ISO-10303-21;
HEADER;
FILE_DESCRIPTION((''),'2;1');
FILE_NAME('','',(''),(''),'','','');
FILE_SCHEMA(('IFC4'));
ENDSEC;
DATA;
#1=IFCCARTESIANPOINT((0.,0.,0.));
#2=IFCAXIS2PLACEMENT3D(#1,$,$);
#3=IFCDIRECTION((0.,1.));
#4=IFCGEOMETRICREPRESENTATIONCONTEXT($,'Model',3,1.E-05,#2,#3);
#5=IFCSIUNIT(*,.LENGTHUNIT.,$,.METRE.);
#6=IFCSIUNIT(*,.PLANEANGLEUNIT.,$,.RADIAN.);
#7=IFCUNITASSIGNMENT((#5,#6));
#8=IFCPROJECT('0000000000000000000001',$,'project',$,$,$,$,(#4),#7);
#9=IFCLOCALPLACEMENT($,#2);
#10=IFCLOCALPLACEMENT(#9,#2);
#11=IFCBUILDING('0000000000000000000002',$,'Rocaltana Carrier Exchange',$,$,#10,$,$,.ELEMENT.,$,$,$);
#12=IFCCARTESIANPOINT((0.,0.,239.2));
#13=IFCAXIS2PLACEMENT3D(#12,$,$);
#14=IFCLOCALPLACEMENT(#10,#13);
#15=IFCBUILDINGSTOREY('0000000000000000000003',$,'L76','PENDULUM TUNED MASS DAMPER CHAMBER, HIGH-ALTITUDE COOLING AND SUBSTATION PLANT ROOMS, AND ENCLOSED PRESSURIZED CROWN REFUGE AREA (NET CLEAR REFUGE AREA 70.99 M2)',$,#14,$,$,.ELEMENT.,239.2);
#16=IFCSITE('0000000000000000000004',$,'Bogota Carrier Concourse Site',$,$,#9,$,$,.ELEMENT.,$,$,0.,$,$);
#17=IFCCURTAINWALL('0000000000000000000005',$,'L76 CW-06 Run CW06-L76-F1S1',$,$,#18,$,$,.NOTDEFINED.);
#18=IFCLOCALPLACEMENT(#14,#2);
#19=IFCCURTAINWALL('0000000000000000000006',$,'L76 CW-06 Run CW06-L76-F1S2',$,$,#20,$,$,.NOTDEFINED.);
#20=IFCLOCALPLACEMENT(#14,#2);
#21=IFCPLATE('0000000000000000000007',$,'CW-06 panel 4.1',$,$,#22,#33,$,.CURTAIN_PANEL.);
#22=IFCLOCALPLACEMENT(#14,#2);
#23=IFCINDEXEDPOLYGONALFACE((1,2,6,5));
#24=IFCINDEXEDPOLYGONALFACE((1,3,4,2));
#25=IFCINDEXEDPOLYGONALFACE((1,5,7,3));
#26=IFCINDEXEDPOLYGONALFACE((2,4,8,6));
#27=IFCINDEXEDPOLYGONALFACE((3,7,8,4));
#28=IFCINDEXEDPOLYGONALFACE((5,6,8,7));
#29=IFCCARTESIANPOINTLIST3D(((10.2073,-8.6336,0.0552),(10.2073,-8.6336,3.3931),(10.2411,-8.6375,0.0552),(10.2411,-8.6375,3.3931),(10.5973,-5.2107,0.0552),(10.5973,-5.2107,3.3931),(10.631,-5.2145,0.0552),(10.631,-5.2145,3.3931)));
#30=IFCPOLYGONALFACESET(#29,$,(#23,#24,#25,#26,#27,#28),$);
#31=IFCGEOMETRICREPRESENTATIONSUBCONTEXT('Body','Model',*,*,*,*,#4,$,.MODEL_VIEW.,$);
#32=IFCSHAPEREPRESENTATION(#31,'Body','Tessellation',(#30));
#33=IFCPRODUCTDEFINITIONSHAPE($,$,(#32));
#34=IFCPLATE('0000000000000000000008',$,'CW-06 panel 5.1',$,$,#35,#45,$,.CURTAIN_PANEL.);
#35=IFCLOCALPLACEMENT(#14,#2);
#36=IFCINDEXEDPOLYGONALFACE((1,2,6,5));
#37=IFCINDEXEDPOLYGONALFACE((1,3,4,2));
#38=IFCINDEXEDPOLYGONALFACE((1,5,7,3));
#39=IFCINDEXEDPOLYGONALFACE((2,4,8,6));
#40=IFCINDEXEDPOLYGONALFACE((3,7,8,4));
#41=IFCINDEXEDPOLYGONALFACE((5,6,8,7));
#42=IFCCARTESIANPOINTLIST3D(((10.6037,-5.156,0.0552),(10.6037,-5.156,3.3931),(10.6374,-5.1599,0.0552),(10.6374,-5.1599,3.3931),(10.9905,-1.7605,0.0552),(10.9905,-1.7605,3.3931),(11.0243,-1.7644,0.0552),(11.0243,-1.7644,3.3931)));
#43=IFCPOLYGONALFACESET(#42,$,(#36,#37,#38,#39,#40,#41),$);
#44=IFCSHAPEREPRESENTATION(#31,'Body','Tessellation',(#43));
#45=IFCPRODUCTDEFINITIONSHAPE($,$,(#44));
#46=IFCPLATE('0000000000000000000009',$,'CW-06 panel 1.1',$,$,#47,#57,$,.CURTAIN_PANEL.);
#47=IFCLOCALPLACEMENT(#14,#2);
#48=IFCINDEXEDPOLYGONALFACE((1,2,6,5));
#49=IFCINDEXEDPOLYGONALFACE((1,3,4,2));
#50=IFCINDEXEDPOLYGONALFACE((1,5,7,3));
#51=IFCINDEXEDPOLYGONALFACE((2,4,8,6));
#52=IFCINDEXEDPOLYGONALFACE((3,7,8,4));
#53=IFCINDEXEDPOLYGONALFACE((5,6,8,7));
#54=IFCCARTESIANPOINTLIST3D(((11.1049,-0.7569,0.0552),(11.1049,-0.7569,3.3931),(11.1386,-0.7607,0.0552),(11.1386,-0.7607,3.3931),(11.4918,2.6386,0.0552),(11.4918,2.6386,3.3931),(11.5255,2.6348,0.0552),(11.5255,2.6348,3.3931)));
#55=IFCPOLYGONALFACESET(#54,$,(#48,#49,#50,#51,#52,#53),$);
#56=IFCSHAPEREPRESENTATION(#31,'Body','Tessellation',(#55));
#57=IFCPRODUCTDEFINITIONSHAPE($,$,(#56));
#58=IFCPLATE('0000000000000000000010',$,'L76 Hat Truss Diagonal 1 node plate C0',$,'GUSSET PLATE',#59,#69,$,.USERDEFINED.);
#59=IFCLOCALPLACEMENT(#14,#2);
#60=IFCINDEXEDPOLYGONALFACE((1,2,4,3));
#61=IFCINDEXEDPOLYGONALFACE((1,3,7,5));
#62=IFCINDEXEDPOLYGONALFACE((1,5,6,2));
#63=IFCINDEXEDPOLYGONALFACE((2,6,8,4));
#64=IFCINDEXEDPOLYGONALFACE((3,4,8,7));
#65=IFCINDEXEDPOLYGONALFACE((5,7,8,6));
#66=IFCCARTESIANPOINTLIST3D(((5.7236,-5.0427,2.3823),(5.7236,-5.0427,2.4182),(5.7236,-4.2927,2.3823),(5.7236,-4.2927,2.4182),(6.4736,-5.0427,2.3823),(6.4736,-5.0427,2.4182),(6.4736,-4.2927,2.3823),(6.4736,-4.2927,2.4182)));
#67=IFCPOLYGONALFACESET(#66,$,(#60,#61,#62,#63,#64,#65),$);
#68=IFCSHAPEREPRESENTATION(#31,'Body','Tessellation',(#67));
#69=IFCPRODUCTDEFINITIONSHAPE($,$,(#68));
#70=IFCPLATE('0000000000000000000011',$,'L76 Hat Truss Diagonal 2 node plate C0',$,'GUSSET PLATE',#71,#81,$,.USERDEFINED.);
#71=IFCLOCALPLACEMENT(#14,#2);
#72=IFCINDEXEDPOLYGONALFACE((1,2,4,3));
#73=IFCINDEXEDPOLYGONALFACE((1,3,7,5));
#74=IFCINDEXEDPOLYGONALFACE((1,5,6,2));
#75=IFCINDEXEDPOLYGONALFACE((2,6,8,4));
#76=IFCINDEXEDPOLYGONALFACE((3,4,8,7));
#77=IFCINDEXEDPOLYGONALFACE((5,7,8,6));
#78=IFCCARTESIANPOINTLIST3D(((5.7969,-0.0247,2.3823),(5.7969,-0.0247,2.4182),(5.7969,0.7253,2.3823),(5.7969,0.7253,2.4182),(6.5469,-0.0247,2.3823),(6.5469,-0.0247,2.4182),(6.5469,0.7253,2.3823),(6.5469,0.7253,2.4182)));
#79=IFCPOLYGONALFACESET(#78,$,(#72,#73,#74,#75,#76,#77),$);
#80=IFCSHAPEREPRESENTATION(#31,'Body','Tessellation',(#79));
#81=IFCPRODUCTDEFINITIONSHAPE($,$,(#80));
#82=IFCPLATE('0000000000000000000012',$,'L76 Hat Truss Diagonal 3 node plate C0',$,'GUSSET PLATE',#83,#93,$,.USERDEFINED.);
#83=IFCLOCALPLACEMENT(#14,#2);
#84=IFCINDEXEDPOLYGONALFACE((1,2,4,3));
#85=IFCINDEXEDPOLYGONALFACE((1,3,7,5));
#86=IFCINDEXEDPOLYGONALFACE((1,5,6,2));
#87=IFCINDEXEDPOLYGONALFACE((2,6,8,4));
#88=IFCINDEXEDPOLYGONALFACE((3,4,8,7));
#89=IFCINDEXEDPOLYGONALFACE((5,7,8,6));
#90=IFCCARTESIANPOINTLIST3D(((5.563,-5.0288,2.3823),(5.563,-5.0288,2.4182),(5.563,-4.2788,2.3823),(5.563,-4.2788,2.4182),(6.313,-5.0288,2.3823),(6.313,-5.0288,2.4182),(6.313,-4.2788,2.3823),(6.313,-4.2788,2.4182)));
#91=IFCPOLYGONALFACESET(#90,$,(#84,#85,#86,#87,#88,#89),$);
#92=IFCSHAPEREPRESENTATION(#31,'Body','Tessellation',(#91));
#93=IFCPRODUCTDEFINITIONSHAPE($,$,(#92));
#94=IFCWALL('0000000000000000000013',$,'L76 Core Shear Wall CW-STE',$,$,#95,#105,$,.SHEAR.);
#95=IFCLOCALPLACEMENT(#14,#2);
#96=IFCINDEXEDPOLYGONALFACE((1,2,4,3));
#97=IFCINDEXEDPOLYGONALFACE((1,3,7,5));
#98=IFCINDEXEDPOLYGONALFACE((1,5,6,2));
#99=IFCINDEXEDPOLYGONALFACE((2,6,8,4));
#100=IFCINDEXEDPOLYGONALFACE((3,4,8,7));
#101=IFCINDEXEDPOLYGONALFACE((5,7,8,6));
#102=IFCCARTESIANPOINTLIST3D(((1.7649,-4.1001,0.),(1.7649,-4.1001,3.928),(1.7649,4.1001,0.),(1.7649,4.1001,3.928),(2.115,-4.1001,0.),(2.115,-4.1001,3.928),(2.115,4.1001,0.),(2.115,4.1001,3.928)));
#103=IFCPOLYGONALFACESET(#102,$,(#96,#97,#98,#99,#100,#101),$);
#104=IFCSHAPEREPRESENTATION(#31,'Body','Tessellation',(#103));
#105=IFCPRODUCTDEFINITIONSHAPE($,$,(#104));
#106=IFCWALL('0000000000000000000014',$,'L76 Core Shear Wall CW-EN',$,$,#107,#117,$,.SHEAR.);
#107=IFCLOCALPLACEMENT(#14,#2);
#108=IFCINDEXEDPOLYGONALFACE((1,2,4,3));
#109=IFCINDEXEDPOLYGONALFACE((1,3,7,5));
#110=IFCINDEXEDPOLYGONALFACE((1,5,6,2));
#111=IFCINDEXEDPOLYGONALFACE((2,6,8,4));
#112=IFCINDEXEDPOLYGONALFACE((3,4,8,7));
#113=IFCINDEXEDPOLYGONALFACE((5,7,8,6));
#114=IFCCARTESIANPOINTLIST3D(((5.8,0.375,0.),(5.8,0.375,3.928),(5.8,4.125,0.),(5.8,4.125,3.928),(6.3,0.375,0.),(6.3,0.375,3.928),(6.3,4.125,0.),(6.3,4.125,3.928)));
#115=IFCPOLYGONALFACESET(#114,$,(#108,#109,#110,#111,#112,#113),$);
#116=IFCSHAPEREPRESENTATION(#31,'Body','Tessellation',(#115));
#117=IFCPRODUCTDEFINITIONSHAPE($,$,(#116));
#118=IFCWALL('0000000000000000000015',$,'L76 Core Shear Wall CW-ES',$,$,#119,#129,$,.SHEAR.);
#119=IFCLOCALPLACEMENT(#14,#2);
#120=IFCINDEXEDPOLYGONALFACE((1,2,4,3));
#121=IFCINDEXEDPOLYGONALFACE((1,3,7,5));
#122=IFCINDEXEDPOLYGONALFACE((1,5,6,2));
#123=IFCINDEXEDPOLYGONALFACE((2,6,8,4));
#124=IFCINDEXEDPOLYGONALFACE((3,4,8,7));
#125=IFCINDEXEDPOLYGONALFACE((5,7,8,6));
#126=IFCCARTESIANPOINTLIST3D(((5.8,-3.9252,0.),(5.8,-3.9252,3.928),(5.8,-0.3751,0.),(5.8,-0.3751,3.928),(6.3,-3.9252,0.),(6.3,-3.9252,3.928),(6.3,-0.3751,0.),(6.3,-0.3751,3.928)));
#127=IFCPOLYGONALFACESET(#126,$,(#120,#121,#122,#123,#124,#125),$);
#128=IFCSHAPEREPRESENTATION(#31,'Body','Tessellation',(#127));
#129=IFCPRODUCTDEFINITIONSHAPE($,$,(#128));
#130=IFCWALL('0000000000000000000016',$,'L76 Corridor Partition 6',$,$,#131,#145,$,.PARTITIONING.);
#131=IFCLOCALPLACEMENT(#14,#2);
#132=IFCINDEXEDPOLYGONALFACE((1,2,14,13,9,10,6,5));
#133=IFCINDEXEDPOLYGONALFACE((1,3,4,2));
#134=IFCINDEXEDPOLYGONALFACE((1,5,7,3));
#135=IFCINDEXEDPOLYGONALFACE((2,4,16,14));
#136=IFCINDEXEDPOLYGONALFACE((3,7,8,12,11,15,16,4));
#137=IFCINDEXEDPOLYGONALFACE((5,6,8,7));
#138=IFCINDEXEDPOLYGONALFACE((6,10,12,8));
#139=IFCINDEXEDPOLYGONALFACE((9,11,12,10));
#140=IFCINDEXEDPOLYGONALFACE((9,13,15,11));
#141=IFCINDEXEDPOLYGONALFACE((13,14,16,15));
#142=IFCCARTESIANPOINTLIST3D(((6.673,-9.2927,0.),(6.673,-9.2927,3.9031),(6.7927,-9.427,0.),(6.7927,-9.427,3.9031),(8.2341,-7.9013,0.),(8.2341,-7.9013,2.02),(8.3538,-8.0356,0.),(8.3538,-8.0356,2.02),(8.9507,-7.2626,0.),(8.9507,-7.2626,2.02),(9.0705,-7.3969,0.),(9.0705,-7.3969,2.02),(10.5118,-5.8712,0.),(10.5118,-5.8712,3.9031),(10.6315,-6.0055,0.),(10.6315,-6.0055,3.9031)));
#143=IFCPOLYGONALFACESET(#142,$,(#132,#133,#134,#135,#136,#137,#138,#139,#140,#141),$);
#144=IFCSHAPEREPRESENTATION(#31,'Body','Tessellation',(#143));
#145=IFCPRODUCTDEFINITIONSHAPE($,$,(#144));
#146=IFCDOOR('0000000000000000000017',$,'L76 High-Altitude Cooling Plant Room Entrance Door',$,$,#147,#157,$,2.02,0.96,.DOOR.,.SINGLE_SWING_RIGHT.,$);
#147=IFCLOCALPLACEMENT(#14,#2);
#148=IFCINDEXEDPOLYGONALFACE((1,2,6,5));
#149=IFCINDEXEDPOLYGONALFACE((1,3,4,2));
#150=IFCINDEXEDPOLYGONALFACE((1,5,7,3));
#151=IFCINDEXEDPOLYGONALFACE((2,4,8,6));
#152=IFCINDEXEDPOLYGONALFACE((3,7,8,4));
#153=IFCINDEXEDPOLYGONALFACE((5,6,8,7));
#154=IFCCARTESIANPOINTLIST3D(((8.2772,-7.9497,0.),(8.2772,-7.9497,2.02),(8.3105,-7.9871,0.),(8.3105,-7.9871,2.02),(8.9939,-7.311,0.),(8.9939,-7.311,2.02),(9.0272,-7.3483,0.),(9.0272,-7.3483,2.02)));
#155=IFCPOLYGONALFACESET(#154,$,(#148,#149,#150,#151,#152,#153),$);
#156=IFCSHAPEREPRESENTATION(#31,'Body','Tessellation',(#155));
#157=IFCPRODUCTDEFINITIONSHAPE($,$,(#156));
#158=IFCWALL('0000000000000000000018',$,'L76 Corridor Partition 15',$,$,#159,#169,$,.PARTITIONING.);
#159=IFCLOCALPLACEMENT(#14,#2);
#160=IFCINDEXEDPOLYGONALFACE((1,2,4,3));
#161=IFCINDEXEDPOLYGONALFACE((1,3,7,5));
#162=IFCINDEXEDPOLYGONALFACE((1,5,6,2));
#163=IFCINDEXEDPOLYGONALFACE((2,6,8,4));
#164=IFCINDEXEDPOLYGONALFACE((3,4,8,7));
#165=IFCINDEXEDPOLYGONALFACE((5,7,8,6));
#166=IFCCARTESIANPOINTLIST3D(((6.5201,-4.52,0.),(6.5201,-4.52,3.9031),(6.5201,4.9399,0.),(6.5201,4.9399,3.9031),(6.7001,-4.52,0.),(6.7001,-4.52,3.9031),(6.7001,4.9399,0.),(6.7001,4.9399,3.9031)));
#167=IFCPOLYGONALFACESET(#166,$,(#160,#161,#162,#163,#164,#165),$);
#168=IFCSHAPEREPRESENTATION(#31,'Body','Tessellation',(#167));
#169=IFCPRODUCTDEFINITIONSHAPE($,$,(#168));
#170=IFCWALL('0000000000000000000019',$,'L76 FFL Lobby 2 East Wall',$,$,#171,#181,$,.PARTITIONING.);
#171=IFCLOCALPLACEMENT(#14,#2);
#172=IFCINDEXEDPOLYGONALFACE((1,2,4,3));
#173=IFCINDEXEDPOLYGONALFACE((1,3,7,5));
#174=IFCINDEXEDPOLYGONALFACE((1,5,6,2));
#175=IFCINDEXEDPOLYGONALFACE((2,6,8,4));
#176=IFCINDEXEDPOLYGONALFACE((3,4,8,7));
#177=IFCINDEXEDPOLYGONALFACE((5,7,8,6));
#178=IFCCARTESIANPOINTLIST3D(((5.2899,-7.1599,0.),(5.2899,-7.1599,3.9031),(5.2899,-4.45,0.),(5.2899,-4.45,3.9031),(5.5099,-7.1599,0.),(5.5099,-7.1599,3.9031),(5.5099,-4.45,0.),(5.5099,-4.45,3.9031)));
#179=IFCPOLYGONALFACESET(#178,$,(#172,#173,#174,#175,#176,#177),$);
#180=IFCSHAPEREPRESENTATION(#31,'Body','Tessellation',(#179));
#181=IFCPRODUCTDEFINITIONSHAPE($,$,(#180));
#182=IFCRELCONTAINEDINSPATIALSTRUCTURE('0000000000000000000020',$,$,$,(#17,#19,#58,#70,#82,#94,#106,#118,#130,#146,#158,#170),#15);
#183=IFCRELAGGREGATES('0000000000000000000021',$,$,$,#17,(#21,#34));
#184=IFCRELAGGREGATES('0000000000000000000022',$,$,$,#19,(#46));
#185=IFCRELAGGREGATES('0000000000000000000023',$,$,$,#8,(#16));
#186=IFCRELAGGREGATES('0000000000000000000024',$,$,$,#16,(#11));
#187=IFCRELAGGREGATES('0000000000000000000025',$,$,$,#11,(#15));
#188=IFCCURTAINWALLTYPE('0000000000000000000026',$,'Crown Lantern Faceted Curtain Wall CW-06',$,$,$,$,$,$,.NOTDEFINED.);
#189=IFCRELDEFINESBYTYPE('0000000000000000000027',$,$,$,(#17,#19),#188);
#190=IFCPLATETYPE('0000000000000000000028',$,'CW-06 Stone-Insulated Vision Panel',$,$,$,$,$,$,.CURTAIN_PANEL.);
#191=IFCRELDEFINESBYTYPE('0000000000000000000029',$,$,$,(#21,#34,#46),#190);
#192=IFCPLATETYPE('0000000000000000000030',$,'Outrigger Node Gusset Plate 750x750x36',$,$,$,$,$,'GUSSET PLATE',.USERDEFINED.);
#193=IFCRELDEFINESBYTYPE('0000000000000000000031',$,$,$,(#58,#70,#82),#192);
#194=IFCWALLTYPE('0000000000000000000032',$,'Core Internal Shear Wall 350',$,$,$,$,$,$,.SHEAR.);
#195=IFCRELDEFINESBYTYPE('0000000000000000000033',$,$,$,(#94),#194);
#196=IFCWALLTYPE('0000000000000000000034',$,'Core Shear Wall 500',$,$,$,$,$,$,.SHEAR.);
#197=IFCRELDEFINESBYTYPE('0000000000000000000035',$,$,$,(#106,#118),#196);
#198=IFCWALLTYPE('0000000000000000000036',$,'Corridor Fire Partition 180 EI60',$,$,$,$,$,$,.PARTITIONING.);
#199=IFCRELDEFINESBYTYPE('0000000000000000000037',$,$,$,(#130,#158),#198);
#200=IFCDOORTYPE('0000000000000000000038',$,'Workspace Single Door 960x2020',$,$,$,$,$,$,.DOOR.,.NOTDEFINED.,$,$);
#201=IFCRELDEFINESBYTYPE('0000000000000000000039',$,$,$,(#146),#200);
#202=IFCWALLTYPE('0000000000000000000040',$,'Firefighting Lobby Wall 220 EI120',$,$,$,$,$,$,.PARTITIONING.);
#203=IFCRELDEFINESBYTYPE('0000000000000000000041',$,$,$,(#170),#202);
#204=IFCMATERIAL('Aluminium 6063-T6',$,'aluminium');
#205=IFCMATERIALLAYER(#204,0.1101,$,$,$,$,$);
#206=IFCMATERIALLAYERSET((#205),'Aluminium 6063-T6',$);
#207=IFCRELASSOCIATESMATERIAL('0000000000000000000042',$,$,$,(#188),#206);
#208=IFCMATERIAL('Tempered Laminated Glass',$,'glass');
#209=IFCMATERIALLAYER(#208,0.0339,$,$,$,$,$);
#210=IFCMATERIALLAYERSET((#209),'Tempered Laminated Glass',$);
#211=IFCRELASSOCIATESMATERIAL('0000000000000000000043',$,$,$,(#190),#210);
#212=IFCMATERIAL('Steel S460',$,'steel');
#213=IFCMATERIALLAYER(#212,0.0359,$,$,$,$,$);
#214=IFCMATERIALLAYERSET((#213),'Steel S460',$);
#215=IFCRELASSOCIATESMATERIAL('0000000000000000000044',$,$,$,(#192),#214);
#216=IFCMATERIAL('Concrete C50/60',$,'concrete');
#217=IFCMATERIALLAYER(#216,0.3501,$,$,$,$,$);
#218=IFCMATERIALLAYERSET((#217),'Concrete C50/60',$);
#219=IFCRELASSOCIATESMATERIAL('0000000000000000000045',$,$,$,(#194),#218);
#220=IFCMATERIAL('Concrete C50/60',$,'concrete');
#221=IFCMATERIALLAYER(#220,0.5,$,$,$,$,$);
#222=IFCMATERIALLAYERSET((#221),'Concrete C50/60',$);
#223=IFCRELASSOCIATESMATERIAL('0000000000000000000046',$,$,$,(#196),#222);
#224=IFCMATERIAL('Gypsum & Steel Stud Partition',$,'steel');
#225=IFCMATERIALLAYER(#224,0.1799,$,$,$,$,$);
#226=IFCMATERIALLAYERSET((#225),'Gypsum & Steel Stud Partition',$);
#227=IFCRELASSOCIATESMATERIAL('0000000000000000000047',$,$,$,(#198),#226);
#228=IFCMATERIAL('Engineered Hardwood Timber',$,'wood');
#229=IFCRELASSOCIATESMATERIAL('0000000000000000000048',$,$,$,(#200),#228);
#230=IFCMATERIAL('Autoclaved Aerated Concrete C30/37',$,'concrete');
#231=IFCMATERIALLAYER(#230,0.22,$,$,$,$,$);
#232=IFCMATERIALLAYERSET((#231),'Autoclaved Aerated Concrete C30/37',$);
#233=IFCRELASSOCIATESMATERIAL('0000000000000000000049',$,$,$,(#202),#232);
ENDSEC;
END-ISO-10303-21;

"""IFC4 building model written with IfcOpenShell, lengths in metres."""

from ifc_helpers import new_model, si_unit, direction, frame, frame_2d, origin, origin_2d, place, context, subcontext, project, spatial, rectangle, extrude, material, layer, layer_set, type_object, element, fill, aggregate, save


model = new_model("IFC4")

# Units and contexts
model_context = context("Model", 3, precision=1e-05, world=origin(), true_north=direction((0.0, 1.0)))
body_context = subcontext(model_context, "Body", "Model", "MODEL_VIEW")
ifc_project = project(units=[si_unit("LENGTHUNIT", "METRE"), si_unit("PLANEANGLEUNIT", "RADIAN")], contexts=[model_context])

# Site, building, storey
site_placement = place(None, origin())
site = spatial("IfcSite", under=ifc_project, at=site_placement, Name="Bogota Carrier Concourse Site", CompositionType="ELEMENT", RefElevation=0.0)
building_placement = place(site_placement, origin())
building = spatial("IfcBuilding", under=site, at=building_placement, Name="Rocaltana Carrier Exchange", CompositionType="ELEMENT")
storey_placement = place(building_placement, frame((0.0, 0.0, 239.2)))
storey = spatial("IfcBuildingStorey", under=building, at=storey_placement, Name="L76", Description="PENDULUM TUNED MASS DAMPER CHAMBER, HIGH-ALTITUDE COOLING AND SUBSTATION PLANT ROOMS, AND ENCLOSED PRESSURIZED CROWN REFUGE AREA (NET CLEAR REFUGE AREA 70.99 M2)", CompositionType="ELEMENT", Elevation=239.2)

# Curtain wall
ifc_material_1 = material(Name="Aluminium 6063-T6", Category="aluminium")
ifc_layer_1 = layer(ifc_material_1, 0.1101)
ifc_layer_set_1 = layer_set([ifc_layer_1], Name="Aluminium 6063-T6")
curtain_wall_type = type_object("IfcCurtainWallType", Name="Crown Lantern Faceted Curtain Wall CW-06", PredefinedType="NOTDEFINED", material=ifc_layer_set_1)
curtain_wall_1_placement = place(storey_placement, origin())
curtain_wall_1 = element("IfcCurtainWall", 1, at=curtain_wall_1_placement, inside=storey, type_object=curtain_wall_type, Name="L76 CW-06 Run CW06-L76-F1S1", PredefinedType="NOTDEFINED")

# Curtain wall
curtain_wall_2_placement = place(storey_placement, origin())
curtain_wall_2 = element("IfcCurtainWall", 2, at=curtain_wall_2_placement, inside=storey, type_object=curtain_wall_type, Name="L76 CW-06 Run CW06-L76-F1S2", PredefinedType="NOTDEFINED")

# Plates
ifc_material_2 = material(Name="Tempered Laminated Glass", Category="glass")
ifc_layer_2 = layer(ifc_material_2, 0.0339)
ifc_layer_set_2 = layer_set([ifc_layer_2], Name="Tempered Laminated Glass")
plate_type_1 = type_object("IfcPlateType", Name="CW-06 Stone-Insulated Vision Panel", PredefinedType="CURTAIN_PANEL", material=ifc_layer_set_2)
plate_1_placement = place(storey_placement, frame((10.4192, -6.9241, 0.0552), z_axis=(0.0, 0.0, 1.0), x_axis=(0.113199, 0.993572, 0.0)))
plate_1 = element("IfcPlate", 3, at=plate_1_placement, type_object=plate_type_1, Name="CW-06 panel 4.1", PredefinedType="CURTAIN_PANEL", context=body_context, shape_type="SweptSolid", body=[
    extrude(rectangle(XDim=3.4451, YDim=0.0339, at=origin_2d()), origin(), (0.0, 0.0, 1.0), 3.3379),
])
plate_2_placement = place(storey_placement, frame((10.814, -3.4602, 0.0552), z_axis=(0.0, 0.0, 1.0), x_axis=(0.113199, 0.993572, 0.0)))
plate_2 = element("IfcPlate", 4, at=plate_2_placement, type_object=plate_type_1, Name="CW-06 panel 5.1", PredefinedType="CURTAIN_PANEL", context=body_context, shape_type="SweptSolid", body=[
    extrude(rectangle(XDim=3.4175, YDim=0.0339, at=origin_2d()), origin(), (0.0, 0.0, 1.0), 3.3379),
])
aggregate(curtain_wall_1, [plate_1, plate_2])
plate_3_placement = place(storey_placement, frame((11.3152, 0.939, 0.0552), z_axis=(0.0, 0.0, 1.0), x_axis=(0.113206, 0.993572, 0.0)))
plate_3 = element("IfcPlate", 5, at=plate_3_placement, type_object=plate_type_1, Name="CW-06 panel 1.1", PredefinedType="CURTAIN_PANEL", context=body_context, shape_type="SweptSolid", body=[
    extrude(rectangle(XDim=3.4175, YDim=0.0339, at=origin_2d()), origin(), (0.0, 0.0, 1.0), 3.3379),
])
aggregate(curtain_wall_2, [plate_3])

# Plates
ifc_material_3 = material(Name="Steel S460", Category="steel")
ifc_layer_3 = layer(ifc_material_3, 0.0359)
ifc_layer_set_3 = layer_set([ifc_layer_3], Name="Steel S460")
plate_type_2 = type_object("IfcPlateType", Name="Outrigger Node Gusset Plate 750x750x36", ElementType="GUSSET PLATE", PredefinedType="USERDEFINED", material=ifc_layer_set_3)
for number, where, z_axis, x_axis, name in (
    (6, (6.0986, -4.6677, 2.3823), (0.0, 0.0, 1.0), (1.0, 0.0, 0.0), "L76 Hat Truss Diagonal 1 node plate C0"),
    (7, (6.1719, 0.3503, 2.3823), (0.0, 0.0, 1.0), (1.0, 0.0, 0.0), "L76 Hat Truss Diagonal 2 node plate C0"),
    (8, (5.938, -4.6538, 2.3823), (0.0, 0.0, 1.0), (1.0, 0.0, 0.0), "L76 Hat Truss Diagonal 3 node plate C0"),
):
    element("IfcPlate", number, at=place(storey_placement, frame(where, z_axis=z_axis, x_axis=x_axis)), inside=storey, type_object=plate_type_2, Name=name, ObjectType="GUSSET PLATE", PredefinedType="USERDEFINED", context=body_context, shape_type="SweptSolid", body=[
        extrude(rectangle(XDim=0.75, YDim=0.75, at=origin_2d()), origin(), (0.0, 0.0, 1.0), 0.0359),
    ])

# Walls
ifc_material_4 = material(Name="Concrete C50/60", Category="concrete")
ifc_layer_4 = layer(ifc_material_4, 0.3501)
ifc_layer_set_4 = layer_set([ifc_layer_4], Name="Concrete C50/60")
wall_type_1 = type_object("IfcWallType", Name="Core Internal Shear Wall 350", PredefinedType="SHEAR", material=ifc_layer_set_4)
wall_1_placement = place(storey_placement, frame((1.9399, -4.1001, 0.0), z_axis=(0.0, 0.0, 1.0), x_axis=(0.0, 1.0, 0.0)))
element("IfcWall", 9, at=wall_1_placement, inside=storey, type_object=wall_type_1, Name="L76 Core Shear Wall CW-STE", PredefinedType="SHEAR", context=body_context, shape_type="SweptSolid", body=[
    extrude(rectangle(XDim=8.2002, YDim=0.3501, at=frame_2d((4.1001, 0.0))), origin(), (0.0, 0.0, 1.0), 3.928),
])
ifc_material_5 = material(Name="Concrete C50/60", Category="concrete")
ifc_layer_5 = layer(ifc_material_5, 0.5)
ifc_layer_set_5 = layer_set([ifc_layer_5], Name="Concrete C50/60")
wall_type_2 = type_object("IfcWallType", Name="Core Shear Wall 500", PredefinedType="SHEAR", material=ifc_layer_set_5)
wall_2_placement = place(storey_placement, frame((6.05, 0.375, 0.0), z_axis=(0.0, 0.0, 1.0), x_axis=(0.0, 1.0, 0.0)))
element("IfcWall", 10, at=wall_2_placement, inside=storey, type_object=wall_type_2, Name="L76 Core Shear Wall CW-EN", PredefinedType="SHEAR", context=body_context, shape_type="SweptSolid", body=[
    extrude(rectangle(XDim=3.75, YDim=0.5, at=frame_2d((1.875, 0.0))), origin(), (0.0, 0.0, 1.0), 3.928),
])
wall_3_placement = place(storey_placement, frame((6.05, -3.925, 0.0), z_axis=(0.0, 0.0, 1.0), x_axis=(0.0, 1.0, 0.0)))
element("IfcWall", 11, at=wall_3_placement, inside=storey, type_object=wall_type_2, Name="L76 Core Shear Wall CW-ES", PredefinedType="SHEAR", context=body_context, shape_type="SweptSolid", body=[
    extrude(rectangle(XDim=3.55, YDim=0.5, at=frame_2d((1.7749, 0.0))), origin(), (0.0, 0.0, 1.0), 3.928),
])

# Wall, opening, door
ifc_material_6 = material(Name="Gypsum & Steel Stud Partition", Category="steel")
ifc_layer_6 = layer(ifc_material_6, 0.1799)
ifc_layer_set_6 = layer_set([ifc_layer_6], Name="Gypsum & Steel Stud Partition")
wall_type_3 = type_object("IfcWallType", Name="Corridor Fire Partition 180 EI60", PredefinedType="PARTITIONING", material=ifc_layer_set_6)
wall_4_placement = place(storey_placement, frame((10.5718, -5.9382, 0.0), z_axis=(0.0, 0.0, 1.0), x_axis=(-0.74651, -0.665374, 0.0)))
wall_4 = element("IfcWall", 12, at=wall_4_placement, inside=storey, type_object=wall_type_3, Name="L76 Corridor Partition 6", PredefinedType="PARTITIONING", context=body_context, shape_type="SweptSolid", body=[
    extrude(rectangle(XDim=5.1423, YDim=0.1799, at=frame_2d((2.5713, 0.0))), origin(), (0.0, 0.0, 1.0), 3.9031),
])
opening_placement = place(wall_4_placement, frame((2.0913, 0.0, 0.0)))
opening = element("IfcOpeningElement", 13, at=opening_placement, cuts=wall_4, PredefinedType="OPENING", context=body_context, shape_type="SweptSolid", body=[
    extrude(rectangle(XDim=0.96, YDim=2.02, at=frame_2d((0.48, 1.01))), frame((0.0, 0.0999, 0.0), z_axis=(0.0, -1.0, 0.0), x_axis=(1.0, 0.0, 0.0)), (0.0, 0.0, 1.0), 0.2),
])
ifc_material_7 = material(Name="Engineered Hardwood Timber", Category="wood")
door_type = type_object("IfcDoorType", Name="Workspace Single Door 960x2020", OperationType="NOTDEFINED", PredefinedType="DOOR", material=ifc_material_7)
door_placement = place(opening_placement, origin())
door = element("IfcDoor", 14, at=door_placement, inside=storey, type_object=door_type, Name="L76 High-Altitude Cooling Plant Room Entrance Door", OperationType="SINGLE_SWING_RIGHT", OverallHeight=2.02, OverallWidth=0.96, PredefinedType="DOOR", context=body_context, shape_type="SweptSolid", body=[
    extrude(rectangle(XDim=0.96, YDim=2.02, at=frame_2d((0.48, 1.01))), frame((0.0, 0.0249, 0.0), z_axis=(0.0, -1.0, 0.0), x_axis=(1.0, 0.0, 0.0)), (0.0, 0.0, 1.0), 0.05),
])
fill(opening, door)

# Walls
wall_5_placement = place(storey_placement, frame((6.6101, -4.52, 0.0), z_axis=(0.0, 0.0, 1.0), x_axis=(0.0, 1.0, 0.0)))
element("IfcWall", 15, at=wall_5_placement, inside=storey, type_object=wall_type_3, Name="L76 Corridor Partition 15", PredefinedType="PARTITIONING", context=body_context, shape_type="SweptSolid", body=[
    extrude(rectangle(XDim=9.46, YDim=0.1799, at=frame_2d((4.73, 0.0))), origin(), (0.0, 0.0, 1.0), 3.9031),
])
ifc_material_8 = material(Name="Autoclaved Aerated Concrete C30/37", Category="concrete")
ifc_layer_7 = layer(ifc_material_8, 0.22)
ifc_layer_set_7 = layer_set([ifc_layer_7], Name="Autoclaved Aerated Concrete C30/37")
wall_type_4 = type_object("IfcWallType", Name="Firefighting Lobby Wall 220 EI120", PredefinedType="PARTITIONING", material=ifc_layer_set_7)
wall_6_placement = place(storey_placement, frame((5.3999, -7.1599, 0.0), z_axis=(0.0, 0.0, 1.0), x_axis=(0.0, 1.0, 0.0)))
element("IfcWall", 16, at=wall_6_placement, inside=storey, type_object=wall_type_4, Name="L76 FFL Lobby 2 East Wall", PredefinedType="PARTITIONING", context=body_context, shape_type="SweptSolid", body=[
    extrude(rectangle(XDim=2.71, YDim=0.22, at=frame_2d((1.355, 0.0))), origin(), (0.0, 0.0, 1.0), 3.9031),
])

save(model, "model.ifc")
